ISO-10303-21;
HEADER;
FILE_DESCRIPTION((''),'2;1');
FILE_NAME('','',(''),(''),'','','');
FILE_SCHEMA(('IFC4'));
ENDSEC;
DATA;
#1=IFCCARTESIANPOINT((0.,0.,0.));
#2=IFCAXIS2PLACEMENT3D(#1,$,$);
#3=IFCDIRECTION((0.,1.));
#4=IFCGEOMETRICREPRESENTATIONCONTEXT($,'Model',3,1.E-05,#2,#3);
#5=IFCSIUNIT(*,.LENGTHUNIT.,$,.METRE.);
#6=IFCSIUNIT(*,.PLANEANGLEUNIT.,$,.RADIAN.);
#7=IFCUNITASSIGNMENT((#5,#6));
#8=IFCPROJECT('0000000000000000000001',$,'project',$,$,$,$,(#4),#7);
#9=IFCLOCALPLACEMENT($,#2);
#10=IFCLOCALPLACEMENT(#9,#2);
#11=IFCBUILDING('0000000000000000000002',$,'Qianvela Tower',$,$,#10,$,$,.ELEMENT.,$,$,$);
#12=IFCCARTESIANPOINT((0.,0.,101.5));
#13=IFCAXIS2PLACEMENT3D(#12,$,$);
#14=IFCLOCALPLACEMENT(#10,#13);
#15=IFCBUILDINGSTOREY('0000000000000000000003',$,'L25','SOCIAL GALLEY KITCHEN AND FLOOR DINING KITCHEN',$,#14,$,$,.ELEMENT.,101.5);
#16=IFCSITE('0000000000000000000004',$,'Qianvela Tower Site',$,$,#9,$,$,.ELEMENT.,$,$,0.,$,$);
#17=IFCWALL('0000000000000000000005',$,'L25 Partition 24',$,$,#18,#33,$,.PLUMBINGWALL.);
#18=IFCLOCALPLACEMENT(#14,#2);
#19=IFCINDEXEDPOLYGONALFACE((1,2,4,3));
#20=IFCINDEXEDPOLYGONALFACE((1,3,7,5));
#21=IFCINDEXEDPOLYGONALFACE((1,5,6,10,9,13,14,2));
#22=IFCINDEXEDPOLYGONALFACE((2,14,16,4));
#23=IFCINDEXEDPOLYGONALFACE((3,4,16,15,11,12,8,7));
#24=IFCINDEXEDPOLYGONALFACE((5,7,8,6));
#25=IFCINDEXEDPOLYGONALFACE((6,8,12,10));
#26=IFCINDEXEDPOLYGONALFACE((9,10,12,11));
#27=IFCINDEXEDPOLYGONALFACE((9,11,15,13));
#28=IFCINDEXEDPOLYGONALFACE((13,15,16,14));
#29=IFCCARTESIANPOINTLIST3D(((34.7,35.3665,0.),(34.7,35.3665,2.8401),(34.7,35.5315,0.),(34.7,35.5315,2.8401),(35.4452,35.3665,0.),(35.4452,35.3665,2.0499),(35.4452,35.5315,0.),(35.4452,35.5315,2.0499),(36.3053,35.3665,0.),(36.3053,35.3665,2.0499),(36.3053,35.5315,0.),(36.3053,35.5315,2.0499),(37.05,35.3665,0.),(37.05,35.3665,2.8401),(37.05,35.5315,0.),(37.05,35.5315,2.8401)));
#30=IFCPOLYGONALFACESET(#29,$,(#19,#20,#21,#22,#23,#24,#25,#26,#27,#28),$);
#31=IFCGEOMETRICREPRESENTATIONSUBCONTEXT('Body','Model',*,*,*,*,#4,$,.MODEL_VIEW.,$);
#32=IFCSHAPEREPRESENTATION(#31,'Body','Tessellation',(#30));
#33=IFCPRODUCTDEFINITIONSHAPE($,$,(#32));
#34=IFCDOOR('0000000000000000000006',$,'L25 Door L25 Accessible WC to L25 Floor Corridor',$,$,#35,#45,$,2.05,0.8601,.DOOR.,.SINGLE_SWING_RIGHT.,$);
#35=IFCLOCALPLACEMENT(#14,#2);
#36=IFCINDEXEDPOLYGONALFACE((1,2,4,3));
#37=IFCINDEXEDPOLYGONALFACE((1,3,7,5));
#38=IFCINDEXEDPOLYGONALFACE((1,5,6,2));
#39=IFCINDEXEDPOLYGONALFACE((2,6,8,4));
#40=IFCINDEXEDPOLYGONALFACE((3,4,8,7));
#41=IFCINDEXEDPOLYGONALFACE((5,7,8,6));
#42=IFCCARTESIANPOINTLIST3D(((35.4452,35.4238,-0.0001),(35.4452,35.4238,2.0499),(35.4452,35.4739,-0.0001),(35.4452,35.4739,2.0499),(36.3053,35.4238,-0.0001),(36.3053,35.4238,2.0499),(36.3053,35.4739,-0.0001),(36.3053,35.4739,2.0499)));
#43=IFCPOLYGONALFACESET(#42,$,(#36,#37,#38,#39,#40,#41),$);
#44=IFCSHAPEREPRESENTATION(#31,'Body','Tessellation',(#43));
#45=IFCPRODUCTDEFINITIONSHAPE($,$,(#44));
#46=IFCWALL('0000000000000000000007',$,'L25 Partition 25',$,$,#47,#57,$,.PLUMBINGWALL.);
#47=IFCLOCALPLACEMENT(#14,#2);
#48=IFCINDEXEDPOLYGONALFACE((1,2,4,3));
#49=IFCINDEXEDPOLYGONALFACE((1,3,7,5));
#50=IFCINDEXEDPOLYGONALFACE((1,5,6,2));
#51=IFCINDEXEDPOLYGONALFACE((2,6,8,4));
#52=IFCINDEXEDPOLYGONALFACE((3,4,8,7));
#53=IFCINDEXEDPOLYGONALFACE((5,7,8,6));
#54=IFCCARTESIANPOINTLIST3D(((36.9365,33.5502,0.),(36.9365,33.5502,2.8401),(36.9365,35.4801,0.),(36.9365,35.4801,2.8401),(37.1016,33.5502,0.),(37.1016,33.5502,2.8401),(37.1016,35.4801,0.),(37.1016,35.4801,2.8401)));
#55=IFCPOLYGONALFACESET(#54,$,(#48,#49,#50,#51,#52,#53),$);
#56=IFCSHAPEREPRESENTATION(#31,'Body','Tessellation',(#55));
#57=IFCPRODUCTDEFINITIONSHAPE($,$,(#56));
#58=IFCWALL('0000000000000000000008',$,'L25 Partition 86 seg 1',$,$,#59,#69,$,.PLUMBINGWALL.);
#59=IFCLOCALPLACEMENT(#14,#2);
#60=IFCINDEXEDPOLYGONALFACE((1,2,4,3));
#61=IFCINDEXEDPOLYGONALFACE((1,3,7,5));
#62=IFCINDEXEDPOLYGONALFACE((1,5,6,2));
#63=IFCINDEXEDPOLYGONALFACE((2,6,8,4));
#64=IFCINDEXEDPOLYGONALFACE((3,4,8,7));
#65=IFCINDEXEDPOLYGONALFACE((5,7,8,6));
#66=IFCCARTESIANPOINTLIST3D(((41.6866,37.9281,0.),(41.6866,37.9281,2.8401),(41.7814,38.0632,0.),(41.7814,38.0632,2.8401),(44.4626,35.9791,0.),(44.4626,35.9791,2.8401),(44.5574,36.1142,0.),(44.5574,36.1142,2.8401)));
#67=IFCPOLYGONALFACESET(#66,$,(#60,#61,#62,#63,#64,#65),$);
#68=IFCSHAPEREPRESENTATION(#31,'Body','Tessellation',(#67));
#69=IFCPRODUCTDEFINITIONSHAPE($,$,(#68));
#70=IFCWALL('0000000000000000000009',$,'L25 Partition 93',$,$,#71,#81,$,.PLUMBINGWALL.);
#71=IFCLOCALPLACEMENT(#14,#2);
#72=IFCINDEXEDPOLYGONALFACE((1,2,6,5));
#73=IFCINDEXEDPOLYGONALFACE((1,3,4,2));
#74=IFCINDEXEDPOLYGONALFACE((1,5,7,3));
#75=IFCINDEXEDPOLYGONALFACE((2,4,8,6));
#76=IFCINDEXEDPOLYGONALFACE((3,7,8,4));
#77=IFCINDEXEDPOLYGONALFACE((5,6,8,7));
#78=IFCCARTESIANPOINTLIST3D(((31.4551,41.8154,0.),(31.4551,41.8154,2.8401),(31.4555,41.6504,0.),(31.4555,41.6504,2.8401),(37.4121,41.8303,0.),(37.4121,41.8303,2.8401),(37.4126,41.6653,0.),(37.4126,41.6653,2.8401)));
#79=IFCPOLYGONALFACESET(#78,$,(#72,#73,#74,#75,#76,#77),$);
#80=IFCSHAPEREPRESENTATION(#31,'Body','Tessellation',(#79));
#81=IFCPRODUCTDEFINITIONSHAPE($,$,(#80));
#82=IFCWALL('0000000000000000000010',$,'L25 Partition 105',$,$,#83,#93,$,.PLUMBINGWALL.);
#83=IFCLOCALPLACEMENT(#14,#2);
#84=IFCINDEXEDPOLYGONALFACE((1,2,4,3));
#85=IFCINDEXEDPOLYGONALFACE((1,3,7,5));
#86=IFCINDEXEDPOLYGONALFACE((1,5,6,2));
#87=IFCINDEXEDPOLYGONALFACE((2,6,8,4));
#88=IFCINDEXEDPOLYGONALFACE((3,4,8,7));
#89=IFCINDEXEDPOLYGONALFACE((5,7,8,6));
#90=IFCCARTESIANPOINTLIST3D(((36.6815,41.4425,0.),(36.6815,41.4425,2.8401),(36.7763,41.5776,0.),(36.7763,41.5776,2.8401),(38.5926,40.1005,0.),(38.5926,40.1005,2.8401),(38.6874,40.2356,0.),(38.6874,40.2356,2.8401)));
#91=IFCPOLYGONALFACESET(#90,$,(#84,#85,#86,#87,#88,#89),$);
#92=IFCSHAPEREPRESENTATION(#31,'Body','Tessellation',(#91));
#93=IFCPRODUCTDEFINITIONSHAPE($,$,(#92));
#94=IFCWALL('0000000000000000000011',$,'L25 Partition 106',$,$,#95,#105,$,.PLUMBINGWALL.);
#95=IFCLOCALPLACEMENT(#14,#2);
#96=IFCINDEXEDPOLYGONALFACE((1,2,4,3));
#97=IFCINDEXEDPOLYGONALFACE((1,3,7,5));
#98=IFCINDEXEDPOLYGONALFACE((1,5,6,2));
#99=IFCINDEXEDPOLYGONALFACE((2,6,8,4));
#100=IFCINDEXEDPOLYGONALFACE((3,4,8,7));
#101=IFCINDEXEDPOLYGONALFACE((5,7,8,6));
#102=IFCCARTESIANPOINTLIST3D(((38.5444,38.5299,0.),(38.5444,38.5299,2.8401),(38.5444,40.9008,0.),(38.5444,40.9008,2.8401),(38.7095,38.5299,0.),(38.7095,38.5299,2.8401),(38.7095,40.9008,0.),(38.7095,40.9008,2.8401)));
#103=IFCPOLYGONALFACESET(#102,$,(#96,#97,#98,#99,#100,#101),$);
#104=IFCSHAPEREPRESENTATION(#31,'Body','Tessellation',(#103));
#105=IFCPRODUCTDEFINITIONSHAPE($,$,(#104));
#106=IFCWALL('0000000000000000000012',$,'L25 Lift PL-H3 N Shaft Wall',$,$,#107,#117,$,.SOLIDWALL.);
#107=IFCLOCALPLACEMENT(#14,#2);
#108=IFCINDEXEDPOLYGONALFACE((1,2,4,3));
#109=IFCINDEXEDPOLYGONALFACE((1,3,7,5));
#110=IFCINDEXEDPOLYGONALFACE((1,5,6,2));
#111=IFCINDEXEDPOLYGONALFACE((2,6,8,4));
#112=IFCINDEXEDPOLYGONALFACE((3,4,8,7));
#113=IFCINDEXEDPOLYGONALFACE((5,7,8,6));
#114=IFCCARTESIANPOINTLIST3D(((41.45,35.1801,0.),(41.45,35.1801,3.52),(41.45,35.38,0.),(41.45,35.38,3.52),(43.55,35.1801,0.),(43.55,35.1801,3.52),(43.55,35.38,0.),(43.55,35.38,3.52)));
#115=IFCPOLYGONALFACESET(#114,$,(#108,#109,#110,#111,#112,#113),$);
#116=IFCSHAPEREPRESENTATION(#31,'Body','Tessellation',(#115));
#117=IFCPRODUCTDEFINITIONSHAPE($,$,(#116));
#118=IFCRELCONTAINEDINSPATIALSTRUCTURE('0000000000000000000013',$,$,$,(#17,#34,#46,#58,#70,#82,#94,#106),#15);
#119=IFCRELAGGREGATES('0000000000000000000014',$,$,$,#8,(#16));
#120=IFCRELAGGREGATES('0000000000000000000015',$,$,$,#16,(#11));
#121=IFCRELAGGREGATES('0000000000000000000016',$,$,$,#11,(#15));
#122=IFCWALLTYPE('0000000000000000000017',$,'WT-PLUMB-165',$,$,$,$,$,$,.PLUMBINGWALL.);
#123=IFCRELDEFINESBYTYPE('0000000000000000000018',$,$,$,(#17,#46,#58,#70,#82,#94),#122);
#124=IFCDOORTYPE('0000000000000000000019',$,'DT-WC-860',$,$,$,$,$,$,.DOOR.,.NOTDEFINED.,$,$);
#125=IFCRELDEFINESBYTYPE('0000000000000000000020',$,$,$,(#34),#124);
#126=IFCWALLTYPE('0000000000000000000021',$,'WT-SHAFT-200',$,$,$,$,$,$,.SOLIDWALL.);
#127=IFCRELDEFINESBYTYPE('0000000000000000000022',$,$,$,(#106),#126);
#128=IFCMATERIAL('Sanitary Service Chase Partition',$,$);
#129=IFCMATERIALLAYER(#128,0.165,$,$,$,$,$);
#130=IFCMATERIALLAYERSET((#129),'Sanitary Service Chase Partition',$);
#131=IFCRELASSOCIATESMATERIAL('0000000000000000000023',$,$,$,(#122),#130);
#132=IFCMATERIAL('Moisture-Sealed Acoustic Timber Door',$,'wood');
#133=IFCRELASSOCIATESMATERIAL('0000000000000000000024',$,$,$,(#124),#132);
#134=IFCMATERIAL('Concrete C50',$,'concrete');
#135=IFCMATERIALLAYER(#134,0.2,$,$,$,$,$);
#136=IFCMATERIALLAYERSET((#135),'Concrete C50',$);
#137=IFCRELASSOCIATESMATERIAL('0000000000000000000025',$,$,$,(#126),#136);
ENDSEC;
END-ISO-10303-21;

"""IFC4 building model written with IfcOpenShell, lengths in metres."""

from ifc_helpers import new_model, si_unit, direction, frame, frame_2d, origin, place, context, subcontext, project, spatial, rectangle, extrude, material, layer, layer_set, type_object, element, fill, save


model = new_model("IFC4")

# Units and contexts
model_context = context("Model", 3, precision=1e-05, world=origin(), true_north=direction((0.0, 1.0)))
body_context = subcontext(model_context, "Body", "Model", "MODEL_VIEW")
ifc_project = project(units=[si_unit("LENGTHUNIT", "METRE"), si_unit("PLANEANGLEUNIT", "RADIAN")], contexts=[model_context])

# Site, building, storey
site_placement = place(None, origin())
site = spatial("IfcSite", under=ifc_project, at=site_placement, Name="Qianvela Tower Site", CompositionType="ELEMENT", RefElevation=0.0)
building_placement = place(site_placement, origin())
building = spatial("IfcBuilding", under=site, at=building_placement, Name="Qianvela Tower", CompositionType="ELEMENT")
storey_placement = place(building_placement, frame((0.0, 0.0, 101.5)))
storey = spatial("IfcBuildingStorey", under=building, at=storey_placement, Name="L25", Description="SOCIAL GALLEY KITCHEN AND FLOOR DINING KITCHEN", CompositionType="ELEMENT", Elevation=101.5)

# Shared definitions
ifc_material_1 = material(Name="Sanitary Service Chase Partition")
ifc_layer_1 = layer(ifc_material_1, 0.165)
ifc_layer_set_1 = layer_set([ifc_layer_1], Name="Sanitary Service Chase Partition")
wall_type_1 = type_object("IfcWallType", Name="WT-PLUMB-165", PredefinedType="PLUMBINGWALL", material=ifc_layer_set_1)

# Wall, opening, door
wall_1_placement = place(storey_placement, frame((34.7, 35.449, 0.0), z_axis=(0.0, 0.0, 1.0), x_axis=(1.0, 0.0, 0.0)))
wall_1 = element("IfcWall", 1, at=wall_1_placement, inside=storey, type_object=wall_type_1, Name="L25 Partition 24", PredefinedType="PLUMBINGWALL", context=body_context, shape_type="SweptSolid", body=[
    extrude(rectangle(XDim=2.3501, YDim=0.165, at=frame_2d((1.175, 0.0))), origin(), (0.0, 0.0, 1.0), 2.8401),
])
opening_1_placement = place(wall_1_placement, frame((0.7451, 0.0, 0.0)))
opening_1 = element("IfcOpeningElement", 2, at=opening_1_placement, cuts=wall_1, PredefinedType="OPENING", context=body_context, shape_type="SweptSolid", body=[
    extrude(rectangle(XDim=0.8601, YDim=2.05, at=frame_2d((0.4302, 1.0249))), frame((0.0, 0.0925, 0.0), z_axis=(0.0, -1.0, 0.0), x_axis=(1.0, 0.0, 0.0)), (0.0, 0.0, 1.0), 0.1851),
])
ifc_material_2 = material(Name="Moisture-Sealed Acoustic Timber Door", Category="wood")
door_type = type_object("IfcDoorType", Name="DT-WC-860", OperationType="NOTDEFINED", PredefinedType="DOOR", material=ifc_material_2)
door_placement = place(opening_1_placement, origin())
door = element("IfcDoor", 3, at=door_placement, inside=storey, type_object=door_type, Name="L25 Door L25 Accessible WC to L25 Floor Corridor", OperationType="SINGLE_SWING_RIGHT", OverallHeight=2.05, OverallWidth=0.8601, PredefinedType="DOOR", context=body_context, shape_type="SweptSolid", body=[
    extrude(rectangle(XDim=0.8601, YDim=2.05, at=frame_2d((0.4302, 1.0249))), frame((0.0, 0.0249, 0.0), z_axis=(0.0, -1.0, 0.0), x_axis=(1.0, 0.0, 0.0)), (0.0, 0.0, 1.0), 0.05),
])
fill(opening_1, door)

# Walls
wall_2_placement = place(storey_placement, frame((37.019, 35.48, 0.0), z_axis=(0.0, 0.0, 1.0), x_axis=(0.0, -1.0, 0.0)))
element("IfcWall", 4, at=wall_2_placement, inside=storey, type_object=wall_type_1, Name="L25 Partition 25", PredefinedType="PLUMBINGWALL", context=body_context, shape_type="SweptSolid", body=[
    extrude(rectangle(XDim=1.9299, YDim=0.165, at=frame_2d((0.9648, 0.0))), origin(), (0.0, 0.0, 1.0), 2.8401),
])
wall_3_placement = place(storey_placement, frame((41.7341, 37.9956, 0.0), z_axis=(0.0, 0.0, 1.0), x_axis=(0.81842, -0.574621, 0.0)))
element("IfcWall", 5, at=wall_3_placement, inside=storey, type_object=wall_type_1, Name="L25 Partition 86 seg 1", PredefinedType="PLUMBINGWALL", context=body_context, shape_type="SweptSolid", body=[
    extrude(rectangle(XDim=3.3918, YDim=0.165, at=frame_2d((1.6958, 0.0))), origin(), (0.0, 0.0, 1.0), 2.8401),
])
wall_4_placement = place(storey_placement, frame((37.4124, 41.7478, 0.0), z_axis=(0.0, 0.0, 1.0), x_axis=(-0.999997, -0.0025, 0.0)))
element("IfcWall", 6, at=wall_4_placement, inside=storey, type_object=wall_type_1, Name="L25 Partition 93", PredefinedType="PLUMBINGWALL", context=body_context, shape_type="SweptSolid", body=[
    extrude(rectangle(XDim=5.957, YDim=0.165, at=frame_2d((2.9785, 0.0))), origin(), (0.0, 0.0, 1.0), 2.8401),
])
wall_5_placement = place(storey_placement, frame((36.729, 41.51, 0.0), z_axis=(0.0, 0.0, 1.0), x_axis=(0.818376, -0.574683, 0.0)))
element("IfcWall", 7, at=wall_5_placement, inside=storey, type_object=wall_type_1, Name="L25 Partition 105", PredefinedType="PLUMBINGWALL", context=body_context, shape_type="SweptSolid", body=[
    extrude(rectangle(XDim=2.3352, YDim=0.165, at=frame_2d((1.1675, 0.0))), origin(), (0.0, 0.0, 1.0), 2.8401),
])
wall_6_placement = place(storey_placement, frame((38.627, 40.9009, 0.0), z_axis=(0.0, 0.0, 1.0), x_axis=(0.0, -1.0, 0.0)))
element("IfcWall", 8, at=wall_6_placement, inside=storey, type_object=wall_type_1, Name="L25 Partition 106", PredefinedType="PLUMBINGWALL", context=body_context, shape_type="SweptSolid", body=[
    extrude(rectangle(XDim=2.3708, YDim=0.165, at=frame_2d((1.1855, 0.0))), origin(), (0.0, 0.0, 1.0), 2.8401),
])
ifc_material_3 = material(Name="Concrete C50", Category="concrete")
ifc_layer_2 = layer(ifc_material_3, 0.2)
ifc_layer_set_2 = layer_set([ifc_layer_2], Name="Concrete C50")
wall_type_2 = type_object("IfcWallType", Name="WT-SHAFT-200", PredefinedType="SOLIDWALL", material=ifc_layer_set_2)
wall_7_placement = place(storey_placement, frame((41.45, 35.28, 0.0), z_axis=(0.0, 0.0, 1.0), x_axis=(1.0, 0.0, 0.0)))
element("IfcWall", 9, at=wall_7_placement, inside=storey, type_object=wall_type_2, Name="L25 Lift PL-H3 N Shaft Wall", PredefinedType="SOLIDWALL", context=body_context, shape_type="SweptSolid", body=[
    extrude(rectangle(XDim=2.1001, YDim=0.2, at=frame_2d((1.05, 0.0))), origin(), (0.0, 0.0, 1.0), 3.52),
])

save(model, "model.ifc")
